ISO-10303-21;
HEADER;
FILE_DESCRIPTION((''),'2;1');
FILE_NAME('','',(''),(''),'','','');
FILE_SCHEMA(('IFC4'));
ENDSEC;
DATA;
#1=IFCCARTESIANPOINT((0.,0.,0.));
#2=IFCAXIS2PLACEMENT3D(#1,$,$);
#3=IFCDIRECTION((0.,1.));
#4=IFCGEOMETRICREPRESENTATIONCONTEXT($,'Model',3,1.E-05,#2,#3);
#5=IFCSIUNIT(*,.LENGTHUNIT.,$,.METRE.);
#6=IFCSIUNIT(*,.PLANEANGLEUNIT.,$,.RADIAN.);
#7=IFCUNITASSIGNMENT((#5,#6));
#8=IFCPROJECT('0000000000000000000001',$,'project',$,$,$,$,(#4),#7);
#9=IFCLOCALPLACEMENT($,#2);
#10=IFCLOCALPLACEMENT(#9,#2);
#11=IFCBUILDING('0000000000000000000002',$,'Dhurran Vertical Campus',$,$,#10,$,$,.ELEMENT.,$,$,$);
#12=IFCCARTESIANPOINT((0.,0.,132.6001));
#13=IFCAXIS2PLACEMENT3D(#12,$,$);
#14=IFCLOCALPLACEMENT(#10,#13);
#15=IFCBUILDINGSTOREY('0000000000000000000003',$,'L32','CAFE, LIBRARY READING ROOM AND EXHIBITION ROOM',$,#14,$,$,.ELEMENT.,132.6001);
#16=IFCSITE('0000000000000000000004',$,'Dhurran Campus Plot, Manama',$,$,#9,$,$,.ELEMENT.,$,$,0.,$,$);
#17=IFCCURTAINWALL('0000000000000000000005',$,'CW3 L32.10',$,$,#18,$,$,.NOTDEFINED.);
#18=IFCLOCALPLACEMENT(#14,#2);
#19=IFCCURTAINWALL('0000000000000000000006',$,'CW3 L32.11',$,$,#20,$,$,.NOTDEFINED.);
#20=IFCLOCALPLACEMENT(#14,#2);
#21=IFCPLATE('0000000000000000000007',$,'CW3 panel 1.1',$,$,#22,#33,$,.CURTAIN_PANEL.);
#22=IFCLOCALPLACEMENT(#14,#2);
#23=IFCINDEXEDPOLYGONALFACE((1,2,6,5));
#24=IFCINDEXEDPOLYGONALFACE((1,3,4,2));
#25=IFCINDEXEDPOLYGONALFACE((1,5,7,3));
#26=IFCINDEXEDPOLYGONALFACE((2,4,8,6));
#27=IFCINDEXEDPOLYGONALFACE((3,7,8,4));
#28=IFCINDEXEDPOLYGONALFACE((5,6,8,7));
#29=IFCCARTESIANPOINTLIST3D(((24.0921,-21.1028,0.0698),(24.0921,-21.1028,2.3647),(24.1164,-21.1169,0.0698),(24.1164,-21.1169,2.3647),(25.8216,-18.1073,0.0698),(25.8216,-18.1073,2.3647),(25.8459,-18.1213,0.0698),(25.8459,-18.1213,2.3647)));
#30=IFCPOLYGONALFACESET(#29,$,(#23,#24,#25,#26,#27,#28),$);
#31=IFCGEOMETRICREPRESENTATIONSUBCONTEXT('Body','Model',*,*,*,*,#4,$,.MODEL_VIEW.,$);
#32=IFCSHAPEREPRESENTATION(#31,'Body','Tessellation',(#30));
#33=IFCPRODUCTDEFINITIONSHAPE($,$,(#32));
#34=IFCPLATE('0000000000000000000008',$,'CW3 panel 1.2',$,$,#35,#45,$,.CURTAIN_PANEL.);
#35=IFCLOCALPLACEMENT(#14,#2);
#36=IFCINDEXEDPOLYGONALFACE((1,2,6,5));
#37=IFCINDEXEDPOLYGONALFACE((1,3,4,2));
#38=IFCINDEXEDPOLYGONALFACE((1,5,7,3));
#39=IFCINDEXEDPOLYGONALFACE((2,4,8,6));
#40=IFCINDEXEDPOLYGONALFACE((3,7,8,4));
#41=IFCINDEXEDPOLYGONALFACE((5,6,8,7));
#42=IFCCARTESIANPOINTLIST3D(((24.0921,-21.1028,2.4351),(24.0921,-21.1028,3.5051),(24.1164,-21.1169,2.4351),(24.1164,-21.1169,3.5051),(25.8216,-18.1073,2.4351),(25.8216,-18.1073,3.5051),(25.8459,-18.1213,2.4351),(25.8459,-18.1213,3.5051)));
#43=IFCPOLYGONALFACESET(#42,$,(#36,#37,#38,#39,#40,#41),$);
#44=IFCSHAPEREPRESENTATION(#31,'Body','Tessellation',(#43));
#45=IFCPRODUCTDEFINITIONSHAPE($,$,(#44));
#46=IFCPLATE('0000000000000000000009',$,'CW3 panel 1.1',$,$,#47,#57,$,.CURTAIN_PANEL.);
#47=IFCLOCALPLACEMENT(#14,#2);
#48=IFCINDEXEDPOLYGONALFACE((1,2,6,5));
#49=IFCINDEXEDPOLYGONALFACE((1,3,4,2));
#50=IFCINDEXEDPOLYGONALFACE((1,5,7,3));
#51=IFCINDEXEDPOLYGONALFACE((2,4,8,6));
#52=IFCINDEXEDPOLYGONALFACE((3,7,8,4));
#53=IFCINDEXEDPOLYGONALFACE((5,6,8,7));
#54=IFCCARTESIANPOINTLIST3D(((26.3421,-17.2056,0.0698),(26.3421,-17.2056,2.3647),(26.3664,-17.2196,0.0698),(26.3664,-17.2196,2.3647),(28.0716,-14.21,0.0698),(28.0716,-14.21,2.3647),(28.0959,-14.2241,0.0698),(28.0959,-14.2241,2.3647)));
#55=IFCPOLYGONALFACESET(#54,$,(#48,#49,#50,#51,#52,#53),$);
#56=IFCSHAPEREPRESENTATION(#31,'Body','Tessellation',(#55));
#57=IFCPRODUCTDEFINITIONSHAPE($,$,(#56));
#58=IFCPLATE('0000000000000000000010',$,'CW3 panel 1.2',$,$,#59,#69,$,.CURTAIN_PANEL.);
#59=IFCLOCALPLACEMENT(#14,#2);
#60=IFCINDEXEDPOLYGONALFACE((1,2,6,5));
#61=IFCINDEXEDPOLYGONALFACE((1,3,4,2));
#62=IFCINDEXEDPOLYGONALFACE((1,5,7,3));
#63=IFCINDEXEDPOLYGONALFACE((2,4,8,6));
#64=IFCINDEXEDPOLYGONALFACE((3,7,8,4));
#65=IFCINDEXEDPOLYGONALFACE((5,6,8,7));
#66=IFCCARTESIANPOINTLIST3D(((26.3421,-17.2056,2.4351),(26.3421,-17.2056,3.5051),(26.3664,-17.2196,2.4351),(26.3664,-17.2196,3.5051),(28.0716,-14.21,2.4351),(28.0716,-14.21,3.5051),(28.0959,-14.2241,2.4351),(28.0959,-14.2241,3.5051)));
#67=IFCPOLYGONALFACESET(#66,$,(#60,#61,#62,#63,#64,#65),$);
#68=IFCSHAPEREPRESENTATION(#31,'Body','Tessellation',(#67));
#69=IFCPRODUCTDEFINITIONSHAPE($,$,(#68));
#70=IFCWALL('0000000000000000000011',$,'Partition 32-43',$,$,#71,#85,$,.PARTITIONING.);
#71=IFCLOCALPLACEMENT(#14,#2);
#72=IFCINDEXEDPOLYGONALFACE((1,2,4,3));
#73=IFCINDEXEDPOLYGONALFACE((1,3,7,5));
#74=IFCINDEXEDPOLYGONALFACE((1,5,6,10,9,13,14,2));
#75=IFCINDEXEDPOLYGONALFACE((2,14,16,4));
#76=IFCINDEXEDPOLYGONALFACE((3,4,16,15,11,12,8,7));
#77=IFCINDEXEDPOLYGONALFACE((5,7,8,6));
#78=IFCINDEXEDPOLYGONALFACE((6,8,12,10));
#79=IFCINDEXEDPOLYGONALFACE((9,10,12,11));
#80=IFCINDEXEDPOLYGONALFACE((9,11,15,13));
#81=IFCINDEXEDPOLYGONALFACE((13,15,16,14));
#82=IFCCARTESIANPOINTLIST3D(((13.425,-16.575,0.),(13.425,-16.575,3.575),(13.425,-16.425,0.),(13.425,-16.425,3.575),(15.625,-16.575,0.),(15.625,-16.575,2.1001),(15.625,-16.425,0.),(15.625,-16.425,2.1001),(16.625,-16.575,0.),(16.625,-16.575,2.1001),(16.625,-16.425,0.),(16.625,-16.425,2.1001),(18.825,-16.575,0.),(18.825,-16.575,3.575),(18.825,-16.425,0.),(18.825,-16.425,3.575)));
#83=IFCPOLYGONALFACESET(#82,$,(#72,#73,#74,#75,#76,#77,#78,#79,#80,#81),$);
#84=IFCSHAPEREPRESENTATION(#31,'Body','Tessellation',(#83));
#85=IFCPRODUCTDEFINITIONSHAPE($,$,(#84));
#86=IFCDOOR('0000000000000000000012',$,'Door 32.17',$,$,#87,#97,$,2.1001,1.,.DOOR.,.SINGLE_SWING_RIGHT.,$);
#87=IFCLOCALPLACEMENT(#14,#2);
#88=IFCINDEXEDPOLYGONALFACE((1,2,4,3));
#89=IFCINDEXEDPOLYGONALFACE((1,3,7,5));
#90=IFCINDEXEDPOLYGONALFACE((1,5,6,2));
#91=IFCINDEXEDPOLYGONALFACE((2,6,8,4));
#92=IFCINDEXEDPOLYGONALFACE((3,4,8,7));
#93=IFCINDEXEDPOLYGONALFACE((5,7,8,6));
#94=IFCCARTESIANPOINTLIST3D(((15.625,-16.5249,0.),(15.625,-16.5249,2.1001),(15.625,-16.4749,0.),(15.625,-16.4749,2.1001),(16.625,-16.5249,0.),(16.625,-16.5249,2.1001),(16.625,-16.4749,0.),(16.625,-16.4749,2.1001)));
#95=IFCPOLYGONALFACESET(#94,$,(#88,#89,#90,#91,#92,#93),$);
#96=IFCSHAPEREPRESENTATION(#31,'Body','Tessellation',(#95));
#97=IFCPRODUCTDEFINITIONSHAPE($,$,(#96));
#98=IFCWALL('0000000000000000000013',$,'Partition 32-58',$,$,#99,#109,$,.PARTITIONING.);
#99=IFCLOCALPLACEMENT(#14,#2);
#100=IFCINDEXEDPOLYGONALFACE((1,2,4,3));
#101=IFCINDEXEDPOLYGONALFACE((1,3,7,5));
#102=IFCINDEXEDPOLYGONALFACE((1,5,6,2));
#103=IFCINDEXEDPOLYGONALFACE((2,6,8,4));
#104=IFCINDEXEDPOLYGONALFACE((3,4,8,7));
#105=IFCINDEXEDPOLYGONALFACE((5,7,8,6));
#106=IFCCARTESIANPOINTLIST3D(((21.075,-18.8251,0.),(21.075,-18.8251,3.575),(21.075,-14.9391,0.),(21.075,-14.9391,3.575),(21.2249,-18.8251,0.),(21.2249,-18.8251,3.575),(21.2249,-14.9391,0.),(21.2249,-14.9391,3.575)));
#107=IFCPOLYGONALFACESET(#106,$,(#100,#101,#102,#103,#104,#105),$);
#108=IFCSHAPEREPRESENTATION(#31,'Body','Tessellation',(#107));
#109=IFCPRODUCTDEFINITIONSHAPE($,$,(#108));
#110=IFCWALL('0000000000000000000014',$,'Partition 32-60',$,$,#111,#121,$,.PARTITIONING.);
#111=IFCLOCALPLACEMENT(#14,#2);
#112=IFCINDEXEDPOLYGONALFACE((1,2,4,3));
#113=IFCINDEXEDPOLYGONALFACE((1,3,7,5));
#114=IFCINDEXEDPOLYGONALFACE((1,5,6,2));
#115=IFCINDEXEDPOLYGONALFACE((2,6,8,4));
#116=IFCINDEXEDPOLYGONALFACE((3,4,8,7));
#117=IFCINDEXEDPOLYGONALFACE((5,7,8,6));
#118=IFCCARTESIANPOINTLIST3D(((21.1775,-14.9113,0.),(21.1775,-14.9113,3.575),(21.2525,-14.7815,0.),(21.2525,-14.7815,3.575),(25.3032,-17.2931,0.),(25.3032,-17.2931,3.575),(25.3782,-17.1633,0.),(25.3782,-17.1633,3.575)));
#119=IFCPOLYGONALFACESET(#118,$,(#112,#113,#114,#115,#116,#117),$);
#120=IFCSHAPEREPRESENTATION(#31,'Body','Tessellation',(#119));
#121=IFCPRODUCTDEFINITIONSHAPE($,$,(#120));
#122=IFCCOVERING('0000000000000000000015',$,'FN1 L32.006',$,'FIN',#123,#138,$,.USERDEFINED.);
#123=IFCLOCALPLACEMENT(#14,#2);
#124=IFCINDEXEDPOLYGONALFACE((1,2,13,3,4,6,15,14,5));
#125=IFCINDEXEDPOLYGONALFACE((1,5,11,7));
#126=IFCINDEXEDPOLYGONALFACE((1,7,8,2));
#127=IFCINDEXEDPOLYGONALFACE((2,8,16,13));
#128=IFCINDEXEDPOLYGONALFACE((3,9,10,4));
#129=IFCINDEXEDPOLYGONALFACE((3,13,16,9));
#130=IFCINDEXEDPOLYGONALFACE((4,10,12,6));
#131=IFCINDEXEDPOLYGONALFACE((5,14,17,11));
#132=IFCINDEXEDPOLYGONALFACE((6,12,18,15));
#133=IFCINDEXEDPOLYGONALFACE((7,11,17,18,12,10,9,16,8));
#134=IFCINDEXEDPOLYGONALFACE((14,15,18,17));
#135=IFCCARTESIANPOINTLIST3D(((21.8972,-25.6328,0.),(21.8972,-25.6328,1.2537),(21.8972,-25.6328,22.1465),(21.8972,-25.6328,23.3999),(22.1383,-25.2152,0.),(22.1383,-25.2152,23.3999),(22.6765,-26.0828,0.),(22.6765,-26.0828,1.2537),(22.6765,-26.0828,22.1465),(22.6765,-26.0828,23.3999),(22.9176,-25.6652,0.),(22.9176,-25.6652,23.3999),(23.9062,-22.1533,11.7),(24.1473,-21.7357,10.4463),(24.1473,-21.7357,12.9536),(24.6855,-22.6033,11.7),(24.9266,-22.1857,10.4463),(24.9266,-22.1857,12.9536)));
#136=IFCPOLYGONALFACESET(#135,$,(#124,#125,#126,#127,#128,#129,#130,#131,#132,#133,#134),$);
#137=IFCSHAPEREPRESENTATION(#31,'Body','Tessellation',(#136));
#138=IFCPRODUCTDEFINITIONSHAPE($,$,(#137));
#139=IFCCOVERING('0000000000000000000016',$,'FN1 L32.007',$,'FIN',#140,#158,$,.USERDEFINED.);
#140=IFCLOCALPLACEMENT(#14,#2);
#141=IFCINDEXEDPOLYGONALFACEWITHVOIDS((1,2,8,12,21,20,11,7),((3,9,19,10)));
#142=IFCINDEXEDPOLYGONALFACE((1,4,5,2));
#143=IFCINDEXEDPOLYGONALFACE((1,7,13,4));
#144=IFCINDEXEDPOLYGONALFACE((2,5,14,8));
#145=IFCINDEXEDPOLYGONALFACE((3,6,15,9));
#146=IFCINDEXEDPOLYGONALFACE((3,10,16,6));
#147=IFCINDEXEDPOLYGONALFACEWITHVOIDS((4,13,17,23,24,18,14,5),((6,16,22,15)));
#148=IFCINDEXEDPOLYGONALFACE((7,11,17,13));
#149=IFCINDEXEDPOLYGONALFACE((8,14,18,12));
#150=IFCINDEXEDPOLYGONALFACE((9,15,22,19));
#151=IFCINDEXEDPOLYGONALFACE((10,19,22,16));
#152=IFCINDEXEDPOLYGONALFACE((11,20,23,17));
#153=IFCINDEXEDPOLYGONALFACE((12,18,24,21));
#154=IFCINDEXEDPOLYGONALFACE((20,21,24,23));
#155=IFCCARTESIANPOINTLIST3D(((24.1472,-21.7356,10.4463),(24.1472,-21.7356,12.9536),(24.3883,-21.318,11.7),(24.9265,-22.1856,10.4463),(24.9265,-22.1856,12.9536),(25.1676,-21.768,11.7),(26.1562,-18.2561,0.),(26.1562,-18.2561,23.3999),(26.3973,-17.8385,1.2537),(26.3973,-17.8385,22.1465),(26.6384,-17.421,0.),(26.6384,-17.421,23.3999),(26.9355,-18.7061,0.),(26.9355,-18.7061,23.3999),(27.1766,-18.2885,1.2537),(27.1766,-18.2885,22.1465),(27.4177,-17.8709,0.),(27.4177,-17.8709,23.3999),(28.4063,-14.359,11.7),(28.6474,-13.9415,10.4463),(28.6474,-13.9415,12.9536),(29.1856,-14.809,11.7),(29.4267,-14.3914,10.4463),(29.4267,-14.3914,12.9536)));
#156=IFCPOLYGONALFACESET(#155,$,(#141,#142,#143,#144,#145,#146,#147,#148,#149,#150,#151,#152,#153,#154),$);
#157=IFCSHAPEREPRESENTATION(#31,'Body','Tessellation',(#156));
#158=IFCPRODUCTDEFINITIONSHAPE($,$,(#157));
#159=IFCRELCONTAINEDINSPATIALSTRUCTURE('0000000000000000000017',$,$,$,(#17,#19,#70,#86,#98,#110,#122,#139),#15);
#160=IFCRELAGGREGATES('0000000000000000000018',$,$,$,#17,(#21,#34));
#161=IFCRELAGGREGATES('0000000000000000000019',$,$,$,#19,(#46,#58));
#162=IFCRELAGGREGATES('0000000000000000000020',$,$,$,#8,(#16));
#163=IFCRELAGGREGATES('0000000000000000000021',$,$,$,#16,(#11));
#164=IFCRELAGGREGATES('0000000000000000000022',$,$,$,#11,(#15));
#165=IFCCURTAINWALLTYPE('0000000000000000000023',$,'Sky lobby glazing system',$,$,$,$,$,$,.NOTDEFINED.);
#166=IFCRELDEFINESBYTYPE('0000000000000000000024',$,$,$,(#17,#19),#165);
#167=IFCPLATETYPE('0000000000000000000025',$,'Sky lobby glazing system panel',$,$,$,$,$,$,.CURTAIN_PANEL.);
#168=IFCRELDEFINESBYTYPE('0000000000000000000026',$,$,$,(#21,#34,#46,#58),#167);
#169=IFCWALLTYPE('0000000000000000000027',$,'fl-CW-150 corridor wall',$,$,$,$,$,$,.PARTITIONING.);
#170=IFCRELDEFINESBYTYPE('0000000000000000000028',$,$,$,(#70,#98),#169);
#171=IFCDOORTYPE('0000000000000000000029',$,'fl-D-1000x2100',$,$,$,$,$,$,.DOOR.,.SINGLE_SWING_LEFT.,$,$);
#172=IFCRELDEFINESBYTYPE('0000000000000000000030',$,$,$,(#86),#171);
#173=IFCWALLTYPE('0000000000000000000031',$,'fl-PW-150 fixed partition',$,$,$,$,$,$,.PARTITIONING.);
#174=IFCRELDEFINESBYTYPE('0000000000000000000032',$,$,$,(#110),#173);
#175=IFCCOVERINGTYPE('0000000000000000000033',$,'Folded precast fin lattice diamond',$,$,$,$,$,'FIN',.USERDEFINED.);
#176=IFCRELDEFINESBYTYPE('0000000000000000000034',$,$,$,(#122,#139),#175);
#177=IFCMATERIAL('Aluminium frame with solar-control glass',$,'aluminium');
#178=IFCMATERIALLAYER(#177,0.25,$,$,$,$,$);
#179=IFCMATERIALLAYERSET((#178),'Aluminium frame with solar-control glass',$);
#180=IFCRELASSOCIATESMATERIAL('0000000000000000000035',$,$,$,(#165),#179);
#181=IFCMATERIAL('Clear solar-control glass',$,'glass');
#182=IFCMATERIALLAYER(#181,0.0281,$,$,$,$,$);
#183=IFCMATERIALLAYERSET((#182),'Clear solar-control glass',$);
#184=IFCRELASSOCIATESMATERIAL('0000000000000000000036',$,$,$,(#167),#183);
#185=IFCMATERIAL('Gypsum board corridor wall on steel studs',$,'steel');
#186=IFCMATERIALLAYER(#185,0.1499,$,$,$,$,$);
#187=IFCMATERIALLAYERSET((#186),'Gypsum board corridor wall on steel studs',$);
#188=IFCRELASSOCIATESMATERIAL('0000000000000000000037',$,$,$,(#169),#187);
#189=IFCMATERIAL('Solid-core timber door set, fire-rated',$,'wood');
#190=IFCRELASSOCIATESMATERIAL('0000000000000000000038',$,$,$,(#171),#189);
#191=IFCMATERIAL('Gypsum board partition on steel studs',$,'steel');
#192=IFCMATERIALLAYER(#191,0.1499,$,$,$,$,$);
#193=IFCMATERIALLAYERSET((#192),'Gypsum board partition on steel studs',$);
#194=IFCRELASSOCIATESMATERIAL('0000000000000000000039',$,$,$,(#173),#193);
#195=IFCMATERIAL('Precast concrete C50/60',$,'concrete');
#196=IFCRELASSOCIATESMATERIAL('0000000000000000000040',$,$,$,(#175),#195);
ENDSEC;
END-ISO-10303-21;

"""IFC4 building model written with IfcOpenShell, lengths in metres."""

from ifc_helpers import new_model, si_unit, direction, frame, frame_2d, origin, origin_2d, place, context, subcontext, project, spatial, polyline, rectangle, outline, extrude, material, layer, layer_set, type_object, element, fill, aggregate, save


model = new_model("IFC4")

# Units and contexts
model_context = context("Model", 3, precision=1e-05, world=origin(), true_north=direction((0.0, 1.0)))
body_context = subcontext(model_context, "Body", "Model", "MODEL_VIEW")
ifc_project = project(units=[si_unit("LENGTHUNIT", "METRE"), si_unit("PLANEANGLEUNIT", "RADIAN")], contexts=[model_context])

# Site, building, storey
site_placement = place(None, origin())
site = spatial("IfcSite", under=ifc_project, at=site_placement, Name="Dhurran Campus Plot, Manama", CompositionType="ELEMENT", RefElevation=0.0)
building_placement = place(site_placement, origin())
building = spatial("IfcBuilding", under=site, at=building_placement, Name="Dhurran Vertical Campus", CompositionType="ELEMENT")
storey_placement = place(building_placement, frame((0.0, 0.0, 132.6001)))
storey = spatial("IfcBuildingStorey", under=building, at=storey_placement, Name="L32", Description="CAFE, LIBRARY READING ROOM AND EXHIBITION ROOM", CompositionType="ELEMENT", Elevation=132.6001)

# Shared definitions
ifc_material_1 = material(Name="Aluminium frame with solar-control glass", Category="aluminium")
ifc_layer_1 = layer(ifc_material_1, 0.25)
ifc_layer_set_1 = layer_set([ifc_layer_1], Name="Aluminium frame with solar-control glass")
curtain_wall_type = type_object("IfcCurtainWallType", Name="Sky lobby glazing system", PredefinedType="NOTDEFINED", material=ifc_layer_set_1)

# Curtain wall
curtain_wall_1_placement = place(storey_placement, origin())
curtain_wall_1 = element("IfcCurtainWall", 1, at=curtain_wall_1_placement, inside=storey, type_object=curtain_wall_type, Name="CW3 L32.10", PredefinedType="NOTDEFINED")

# Curtain wall
curtain_wall_2_placement = place(storey_placement, origin())
curtain_wall_2 = element("IfcCurtainWall", 2, at=curtain_wall_2_placement, inside=storey, type_object=curtain_wall_type, Name="CW3 L32.11", PredefinedType="NOTDEFINED")

# Plates
ifc_material_2 = material(Name="Clear solar-control glass", Category="glass")
ifc_layer_2 = layer(ifc_material_2, 0.0281)
ifc_layer_set_2 = layer_set([ifc_layer_2], Name="Clear solar-control glass")
plate_type = type_object("IfcPlateType", Name="Sky lobby glazing system panel", PredefinedType="CURTAIN_PANEL", material=ifc_layer_set_2)
plate_1_placement = place(storey_placement, frame((24.969, -19.6121, 0.0698), z_axis=(0.0, 0.0, 1.0), x_axis=(0.500003, 0.866024, 0.0)))
plate_1 = element("IfcPlate", 3, at=plate_1_placement, type_object=plate_type, Name="CW3 panel 1.1", PredefinedType="CURTAIN_PANEL", context=body_context, shape_type="SweptSolid", body=[
    extrude(rectangle(XDim=3.459, YDim=0.0281, at=origin_2d()), origin(), (0.0, 0.0, 1.0), 2.2949),
])
plate_2_placement = place(storey_placement, frame((24.969, -19.6121, 2.4351), z_axis=(0.0, 0.0, 1.0), x_axis=(0.500003, 0.866024, 0.0)))
plate_2 = element("IfcPlate", 4, at=plate_2_placement, type_object=plate_type, Name="CW3 panel 1.2", PredefinedType="CURTAIN_PANEL", context=body_context, shape_type="SweptSolid", body=[
    extrude(rectangle(XDim=3.459, YDim=0.0281, at=origin_2d()), origin(), (0.0, 0.0, 1.0), 1.0701),
])
aggregate(curtain_wall_1, [plate_1, plate_2])
plate_3_placement = place(storey_placement, frame((27.219, -15.7148, 0.0698), z_axis=(0.0, 0.0, 1.0), x_axis=(0.500003, 0.866024, 0.0)))
plate_3 = element("IfcPlate", 5, at=plate_3_placement, type_object=plate_type, Name="CW3 panel 1.1", PredefinedType="CURTAIN_PANEL", context=body_context, shape_type="SweptSolid", body=[
    extrude(rectangle(XDim=3.459, YDim=0.0281, at=origin_2d()), origin(), (0.0, 0.0, 1.0), 2.2949),
])
plate_4_placement = place(storey_placement, frame((27.219, -15.7148, 2.4351), z_axis=(0.0, 0.0, 1.0), x_axis=(0.500003, 0.866024, 0.0)))
plate_4 = element("IfcPlate", 6, at=plate_4_placement, type_object=plate_type, Name="CW3 panel 1.2", PredefinedType="CURTAIN_PANEL", context=body_context, shape_type="SweptSolid", body=[
    extrude(rectangle(XDim=3.459, YDim=0.0281, at=origin_2d()), origin(), (0.0, 0.0, 1.0), 1.0701),
])
aggregate(curtain_wall_2, [plate_3, plate_4])

# Wall, opening, door
ifc_material_3 = material(Name="Gypsum board corridor wall on steel studs", Category="steel")
ifc_layer_3 = layer(ifc_material_3, 0.1499)
ifc_layer_set_3 = layer_set([ifc_layer_3], Name="Gypsum board corridor wall on steel studs")
wall_type_1 = type_object("IfcWallType", Name="fl-CW-150 corridor wall", PredefinedType="PARTITIONING", material=ifc_layer_set_3)
wall_1_placement = place(storey_placement, frame((18.825, -16.5, 0.0), z_axis=(0.0, 0.0, 1.0), x_axis=(-1.0, 0.0, 0.0)))
wall_1 = element("IfcWall", 7, at=wall_1_placement, inside=storey, type_object=wall_type_1, Name="Partition 32-43", PredefinedType="PARTITIONING", context=body_context, shape_type="SweptSolid", body=[
    extrude(rectangle(XDim=5.3999, YDim=0.1499, at=frame_2d((2.7, 0.0))), origin(), (0.0, 0.0, 1.0), 3.575),
])
opening_placement = place(wall_1_placement, frame((2.2, 0.0, 0.0)))
opening = element("IfcOpeningElement", 8, at=opening_placement, cuts=wall_1, PredefinedType="OPENING", context=body_context, shape_type="SweptSolid", body=[
    extrude(rectangle(XDim=1.0, YDim=2.1001, at=frame_2d((0.5, 1.05))), frame((0.0, 0.085, 0.0), z_axis=(0.0, -1.0, 0.0), x_axis=(1.0, 0.0, 0.0)), (0.0, 0.0, 1.0), 0.1699),
])
ifc_material_4 = material(Name="Solid-core timber door set, fire-rated", Category="wood")
door_type = type_object("IfcDoorType", Name="fl-D-1000x2100", OperationType="SINGLE_SWING_LEFT", PredefinedType="DOOR", material=ifc_material_4)
door_placement = place(opening_placement, origin())
door = element("IfcDoor", 9, at=door_placement, inside=storey, type_object=door_type, Name="Door 32.17", OperationType="SINGLE_SWING_RIGHT", OverallHeight=2.1001, OverallWidth=1.0, PredefinedType="DOOR", context=body_context, shape_type="SweptSolid", body=[
    extrude(rectangle(XDim=1.0, YDim=2.1001, at=frame_2d((0.5, 1.05))), frame((0.0, 0.0249, 0.0), z_axis=(0.0, -1.0, 0.0), x_axis=(1.0, 0.0, 0.0)), (0.0, 0.0, 1.0), 0.05),
])
fill(opening, door)

# Walls
wall_2_placement = place(storey_placement, frame((21.1499, -18.825, 0.0), z_axis=(0.0, 0.0, 1.0), x_axis=(0.0, 1.0, 0.0)))
element("IfcWall", 10, at=wall_2_placement, inside=storey, type_object=wall_type_1, Name="Partition 32-58", PredefinedType="PARTITIONING", context=body_context, shape_type="SweptSolid", body=[
    extrude(rectangle(XDim=3.886, YDim=0.1499, at=frame_2d((1.9429, 0.0))), origin(), (0.0, 0.0, 1.0), 3.575),
])
ifc_material_5 = material(Name="Gypsum board partition on steel studs", Category="steel")
ifc_layer_4 = layer(ifc_material_5, 0.1499)
ifc_layer_set_4 = layer_set([ifc_layer_4], Name="Gypsum board partition on steel studs")
wall_type_2 = type_object("IfcWallType", Name="fl-PW-150 fixed partition", PredefinedType="PARTITIONING", material=ifc_layer_set_4)
wall_3_placement = place(storey_placement, frame((21.2151, -14.8464, 0.0), z_axis=(0.0, 0.0, 1.0), x_axis=(0.86604, -0.499975, 0.0)))
element("IfcWall", 11, at=wall_3_placement, inside=storey, type_object=wall_type_2, Name="Partition 32-60", PredefinedType="PARTITIONING", context=body_context, shape_type="SweptSolid", body=[
    extrude(rectangle(XDim=4.7639, YDim=0.1499, at=frame_2d((2.3818, 0.0))), origin(), (0.0, 0.0, 1.0), 3.575),
])

# Coverings
ifc_material_6 = material(Name="Precast concrete C50/60", Category="concrete")
covering_type = type_object("IfcCoveringType", Name="Folded precast fin lattice diamond", ElementType="FIN", PredefinedType="USERDEFINED", material=ifc_material_6)
covering_1_placement = place(storey_placement, frame((21.8972, -25.6328, 0.0), z_axis=(0.866014, -0.50002, 0.0), x_axis=(0.50002, 0.866014, 0.0)))
element("IfcCovering", 12, at=covering_1_placement, inside=storey, type_object=covering_type, Name="FN1 L32.006", ObjectType="FIN", PredefinedType="USERDEFINED", context=body_context, shape_type="SweptSolid", body=[
    extrude(outline(polyline([(4.5, 10.4463), (0.4822, 0.0), (0.0, 0.0), (0.0, 1.2537), (4.0178, 11.7), (0.0, 22.1465), (0.0, 23.3999), (0.4822, 23.3999), (4.5, 12.9536), (4.5, 10.4463)])), origin(), (0.0, 0.0, 1.0), 0.8999),
])
covering_2_placement = place(storey_placement, frame((24.1472, -21.7356, 0.0), z_axis=(0.866014, -0.50002, 0.0), x_axis=(0.50002, 0.866014, 0.0)))
element("IfcCovering", 13, at=covering_2_placement, inside=storey, type_object=covering_type, Name="FN1 L32.007", ObjectType="FIN", PredefinedType="USERDEFINED", context=body_context, shape_type="SweptSolid", body=[
    extrude(outline(polyline([(9.0, 12.9536), (9.0, 10.4463), (4.9822, 0.0), (4.0178, 0.0), (0.0, 10.4463), (0.0, 12.9536), (4.0178, 23.3999), (4.9822, 23.3999), (9.0, 12.9536)]), holes=[polyline([(8.5178, 11.7), (4.5, 22.1465), (0.4822, 11.7), (4.5, 1.2537), (8.5178, 11.7)])]), origin(), (0.0, 0.0, 1.0), 0.8999),
])

save(model, "model.ifc")
